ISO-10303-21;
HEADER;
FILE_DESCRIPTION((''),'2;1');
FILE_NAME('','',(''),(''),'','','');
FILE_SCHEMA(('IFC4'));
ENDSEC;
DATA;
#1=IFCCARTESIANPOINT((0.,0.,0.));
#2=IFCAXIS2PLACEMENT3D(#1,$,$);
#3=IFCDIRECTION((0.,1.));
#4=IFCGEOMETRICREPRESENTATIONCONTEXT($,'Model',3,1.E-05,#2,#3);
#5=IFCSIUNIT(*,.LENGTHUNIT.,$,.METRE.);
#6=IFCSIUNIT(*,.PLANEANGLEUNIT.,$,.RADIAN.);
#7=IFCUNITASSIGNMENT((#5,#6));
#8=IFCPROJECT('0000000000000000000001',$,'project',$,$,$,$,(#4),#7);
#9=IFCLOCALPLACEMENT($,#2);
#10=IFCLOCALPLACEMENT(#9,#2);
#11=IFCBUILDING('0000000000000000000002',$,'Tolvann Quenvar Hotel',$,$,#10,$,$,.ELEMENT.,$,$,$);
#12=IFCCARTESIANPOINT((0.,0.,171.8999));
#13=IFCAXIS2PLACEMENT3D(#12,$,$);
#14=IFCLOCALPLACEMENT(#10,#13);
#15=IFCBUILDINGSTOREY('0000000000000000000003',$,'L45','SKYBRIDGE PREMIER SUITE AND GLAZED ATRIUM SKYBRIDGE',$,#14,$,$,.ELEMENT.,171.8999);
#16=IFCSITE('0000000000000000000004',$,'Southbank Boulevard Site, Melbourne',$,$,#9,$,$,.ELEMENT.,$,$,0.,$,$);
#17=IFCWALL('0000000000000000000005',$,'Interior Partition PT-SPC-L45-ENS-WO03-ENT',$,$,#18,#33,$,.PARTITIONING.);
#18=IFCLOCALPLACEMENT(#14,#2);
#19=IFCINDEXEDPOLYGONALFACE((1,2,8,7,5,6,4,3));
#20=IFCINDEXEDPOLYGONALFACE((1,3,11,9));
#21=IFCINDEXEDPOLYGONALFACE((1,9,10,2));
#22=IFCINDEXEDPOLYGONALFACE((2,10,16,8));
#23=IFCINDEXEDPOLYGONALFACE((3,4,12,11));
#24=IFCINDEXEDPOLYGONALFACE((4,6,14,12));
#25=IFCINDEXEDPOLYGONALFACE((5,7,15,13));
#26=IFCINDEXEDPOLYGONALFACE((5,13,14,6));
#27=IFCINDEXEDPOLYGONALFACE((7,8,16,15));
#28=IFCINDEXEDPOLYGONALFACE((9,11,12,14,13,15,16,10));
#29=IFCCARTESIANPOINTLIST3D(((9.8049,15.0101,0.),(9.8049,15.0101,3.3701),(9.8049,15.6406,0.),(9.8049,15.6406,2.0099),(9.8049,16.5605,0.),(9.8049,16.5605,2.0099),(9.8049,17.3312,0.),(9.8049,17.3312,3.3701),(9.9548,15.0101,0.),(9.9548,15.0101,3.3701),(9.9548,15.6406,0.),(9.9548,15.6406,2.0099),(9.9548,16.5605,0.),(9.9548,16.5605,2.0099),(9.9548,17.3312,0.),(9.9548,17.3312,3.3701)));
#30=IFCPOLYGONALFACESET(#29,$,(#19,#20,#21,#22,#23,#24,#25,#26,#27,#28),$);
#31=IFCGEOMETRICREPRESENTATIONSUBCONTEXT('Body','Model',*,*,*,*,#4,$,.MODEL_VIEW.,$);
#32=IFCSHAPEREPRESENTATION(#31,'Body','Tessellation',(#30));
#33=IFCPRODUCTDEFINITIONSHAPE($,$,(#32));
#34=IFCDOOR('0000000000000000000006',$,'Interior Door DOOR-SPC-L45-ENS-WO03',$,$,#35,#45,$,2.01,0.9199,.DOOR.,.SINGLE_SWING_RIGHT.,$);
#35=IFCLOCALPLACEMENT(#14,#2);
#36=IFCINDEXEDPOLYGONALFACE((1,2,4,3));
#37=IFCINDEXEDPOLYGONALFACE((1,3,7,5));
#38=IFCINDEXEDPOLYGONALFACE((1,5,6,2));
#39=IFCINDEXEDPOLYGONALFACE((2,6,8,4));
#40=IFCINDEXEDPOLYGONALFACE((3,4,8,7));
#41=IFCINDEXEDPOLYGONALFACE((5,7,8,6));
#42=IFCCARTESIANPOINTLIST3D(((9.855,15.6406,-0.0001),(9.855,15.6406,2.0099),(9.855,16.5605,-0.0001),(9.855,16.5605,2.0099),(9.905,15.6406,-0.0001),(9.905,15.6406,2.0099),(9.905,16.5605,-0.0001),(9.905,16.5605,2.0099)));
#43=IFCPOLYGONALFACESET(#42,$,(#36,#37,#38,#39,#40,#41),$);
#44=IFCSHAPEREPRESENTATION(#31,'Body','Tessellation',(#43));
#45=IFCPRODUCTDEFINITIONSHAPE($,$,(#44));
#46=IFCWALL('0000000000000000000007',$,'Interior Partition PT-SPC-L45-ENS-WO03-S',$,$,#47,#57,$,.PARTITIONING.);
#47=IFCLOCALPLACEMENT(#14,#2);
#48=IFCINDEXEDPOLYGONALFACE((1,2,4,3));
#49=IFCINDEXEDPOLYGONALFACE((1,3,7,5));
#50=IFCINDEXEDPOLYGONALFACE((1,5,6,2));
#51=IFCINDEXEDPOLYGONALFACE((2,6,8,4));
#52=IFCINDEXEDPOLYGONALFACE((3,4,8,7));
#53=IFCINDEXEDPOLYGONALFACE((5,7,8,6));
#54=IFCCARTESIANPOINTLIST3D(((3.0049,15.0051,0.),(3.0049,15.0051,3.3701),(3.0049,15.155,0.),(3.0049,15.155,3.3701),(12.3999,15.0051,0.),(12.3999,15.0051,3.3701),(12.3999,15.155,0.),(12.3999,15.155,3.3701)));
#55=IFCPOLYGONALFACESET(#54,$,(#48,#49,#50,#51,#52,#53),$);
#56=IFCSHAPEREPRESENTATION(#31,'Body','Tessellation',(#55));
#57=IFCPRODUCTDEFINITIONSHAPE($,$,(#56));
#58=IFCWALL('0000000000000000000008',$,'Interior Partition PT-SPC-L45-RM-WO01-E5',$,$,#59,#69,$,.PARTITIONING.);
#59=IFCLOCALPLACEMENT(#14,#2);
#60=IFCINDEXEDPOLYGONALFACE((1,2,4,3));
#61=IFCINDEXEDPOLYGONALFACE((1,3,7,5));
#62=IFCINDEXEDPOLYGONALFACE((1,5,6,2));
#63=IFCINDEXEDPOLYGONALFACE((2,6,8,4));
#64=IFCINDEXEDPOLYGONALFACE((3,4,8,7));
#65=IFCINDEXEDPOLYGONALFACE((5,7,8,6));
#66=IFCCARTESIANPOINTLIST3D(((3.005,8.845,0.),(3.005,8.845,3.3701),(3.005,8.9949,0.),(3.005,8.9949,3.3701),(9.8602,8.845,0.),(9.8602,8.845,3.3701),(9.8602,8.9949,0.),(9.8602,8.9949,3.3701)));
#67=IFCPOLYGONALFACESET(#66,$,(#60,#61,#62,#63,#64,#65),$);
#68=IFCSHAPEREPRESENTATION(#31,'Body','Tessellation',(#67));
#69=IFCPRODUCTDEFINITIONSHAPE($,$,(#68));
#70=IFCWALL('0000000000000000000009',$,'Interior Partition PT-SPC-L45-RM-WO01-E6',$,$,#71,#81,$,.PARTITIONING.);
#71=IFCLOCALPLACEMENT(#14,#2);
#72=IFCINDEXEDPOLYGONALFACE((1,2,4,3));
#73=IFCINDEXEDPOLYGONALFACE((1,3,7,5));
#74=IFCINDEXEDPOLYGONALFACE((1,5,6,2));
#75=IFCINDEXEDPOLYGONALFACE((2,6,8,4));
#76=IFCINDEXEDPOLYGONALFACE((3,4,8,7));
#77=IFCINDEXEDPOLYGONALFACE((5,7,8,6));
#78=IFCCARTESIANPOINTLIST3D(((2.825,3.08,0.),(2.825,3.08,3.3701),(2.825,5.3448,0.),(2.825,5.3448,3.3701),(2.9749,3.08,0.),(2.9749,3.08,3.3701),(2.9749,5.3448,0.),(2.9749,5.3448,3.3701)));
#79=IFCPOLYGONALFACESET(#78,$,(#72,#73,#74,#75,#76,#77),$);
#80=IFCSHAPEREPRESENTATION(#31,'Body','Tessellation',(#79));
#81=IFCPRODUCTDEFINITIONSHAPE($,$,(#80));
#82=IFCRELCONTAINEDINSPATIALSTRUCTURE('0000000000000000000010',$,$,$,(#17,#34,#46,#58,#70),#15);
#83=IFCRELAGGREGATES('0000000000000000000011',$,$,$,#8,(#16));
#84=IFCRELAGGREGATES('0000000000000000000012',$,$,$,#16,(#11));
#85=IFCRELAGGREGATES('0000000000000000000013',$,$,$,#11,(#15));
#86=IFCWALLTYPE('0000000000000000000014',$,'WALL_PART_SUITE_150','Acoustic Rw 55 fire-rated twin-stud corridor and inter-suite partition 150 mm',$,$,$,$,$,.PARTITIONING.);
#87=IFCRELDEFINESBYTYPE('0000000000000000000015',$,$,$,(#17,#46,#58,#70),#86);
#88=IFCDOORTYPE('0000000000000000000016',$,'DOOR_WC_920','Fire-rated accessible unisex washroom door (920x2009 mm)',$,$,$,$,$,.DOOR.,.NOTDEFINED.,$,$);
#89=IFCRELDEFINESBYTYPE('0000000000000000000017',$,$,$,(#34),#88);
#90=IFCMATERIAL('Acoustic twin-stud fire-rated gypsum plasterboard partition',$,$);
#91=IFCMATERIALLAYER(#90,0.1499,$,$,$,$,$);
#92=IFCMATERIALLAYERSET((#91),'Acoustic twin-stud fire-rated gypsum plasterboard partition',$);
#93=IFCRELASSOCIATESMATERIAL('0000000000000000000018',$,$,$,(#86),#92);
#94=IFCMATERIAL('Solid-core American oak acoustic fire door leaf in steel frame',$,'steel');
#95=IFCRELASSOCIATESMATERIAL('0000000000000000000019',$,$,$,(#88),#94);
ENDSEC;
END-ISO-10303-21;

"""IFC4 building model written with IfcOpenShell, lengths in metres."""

from ifc_helpers import new_model, si_unit, direction, frame, frame_2d, origin, place, context, subcontext, project, spatial, rectangle, extrude, source, transform, mapped, material, layer, layer_set, type_object, type_shapes, element, fill, save


model = new_model("IFC4")

# Units and contexts
model_context = context("Model", 3, precision=1e-05, world=origin(), true_north=direction((0.0, 1.0)))
body_context = subcontext(model_context, "Body", "Model", "MODEL_VIEW")
ifc_project = project(units=[si_unit("LENGTHUNIT", "METRE"), si_unit("PLANEANGLEUNIT", "RADIAN")], contexts=[model_context])

# Site, building, storey
site_placement = place(None, origin())
site = spatial("IfcSite", under=ifc_project, at=site_placement, Name="Southbank Boulevard Site, Melbourne", CompositionType="ELEMENT", RefElevation=0.0)
building_placement = place(site_placement, origin())
building = spatial("IfcBuilding", under=site, at=building_placement, Name="Tolvann Quenvar Hotel", CompositionType="ELEMENT")
storey_placement = place(building_placement, frame((0.0, 0.0, 171.8999)))
storey = spatial("IfcBuildingStorey", under=building, at=storey_placement, Name="L45", Description="SKYBRIDGE PREMIER SUITE AND GLAZED ATRIUM SKYBRIDGE", CompositionType="ELEMENT", Elevation=171.8999)

# Shared definitions
ifc_material_1 = material(Name="Acoustic twin-stud fire-rated gypsum plasterboard partition")
ifc_layer_1 = layer(ifc_material_1, 0.1499)
ifc_layer_set_1 = layer_set([ifc_layer_1], Name="Acoustic twin-stud fire-rated gypsum plasterboard partition")
wall_type_1 = type_object("IfcWallType", Name="WALL_PART_SUITE_150", Description="Acoustic Rw 55 fire-rated twin-stud corridor and inter-suite partition 150 mm", PredefinedType="PARTITIONING", material=ifc_layer_set_1)
ifc_material_2 = material(Name="Solid-core American oak acoustic fire door leaf in steel frame", Category="steel")
door_type = type_object("IfcDoorType", Name="DOOR_WC_920", Description="Fire-rated accessible unisex washroom door (920x2009 mm)", OperationType="NOTDEFINED", PredefinedType="DOOR", material=ifc_material_2)
shared_shape_1 = source(origin(), body_context, "Body", "SweptSolid", [
    extrude(rectangle(XDim=0.9199, YDim=2.01, at=frame_2d((0.46, 1.0049))), frame((0.0, 0.0249, 0.0), z_axis=(0.0, -1.0, 0.0), x_axis=(1.0, 0.0, 0.0)), (0.0, 0.0, 1.0), 0.05),
])
type_shapes(door_type, [shared_shape_1])

# Wall, opening, door
wall_1_placement = place(storey_placement, frame((9.8799, 15.01, 0.0), z_axis=(0.0, 0.0, 1.0), x_axis=(0.0, 1.0, 0.0)))
wall_1 = element("IfcWall", 1, at=wall_1_placement, inside=storey, type_object=wall_type_1, Name="Interior Partition PT-SPC-L45-ENS-WO03-ENT", PredefinedType="PARTITIONING", context=body_context, shape_type="SweptSolid", body=[
    extrude(rectangle(XDim=2.321, YDim=0.1499, at=frame_2d((1.1606, 0.0))), origin(), (0.0, 0.0, 1.0), 3.3701),
])
opening_1_placement = place(wall_1_placement, frame((0.6306, 0.0, 0.0)))
opening_1 = element("IfcOpeningElement", 2, at=opening_1_placement, cuts=wall_1, PredefinedType="OPENING", context=body_context, shape_type="SweptSolid", body=[
    extrude(rectangle(XDim=0.9199, YDim=2.01, at=frame_2d((0.46, 1.0049))), frame((0.0, 0.085, 0.0), z_axis=(0.0, -1.0, 0.0), x_axis=(1.0, 0.0, 0.0)), (0.0, 0.0, 1.0), 0.1699),
])
door_1_placement = place(opening_1_placement, origin())
door_1 = element("IfcDoor", 3, at=door_1_placement, inside=storey, type_object=door_type, Name="Interior Door DOOR-SPC-L45-ENS-WO03", OperationType="SINGLE_SWING_RIGHT", OverallHeight=2.01, OverallWidth=0.9199, PredefinedType="DOOR", context=body_context, shape_type="MappedRepresentation", body=[
    mapped(shared_shape_1, transform((0.0, 0.0, 0.0), x_axis=(1.0, 0.0, 0.0), y_axis=(0.0, 1.0, 0.0), z_axis=(0.0, 0.0, 1.0), scale=1.0)),
])
fill(opening_1, door_1)

# Walls
wall_2_placement = place(storey_placement, frame((3.0049, 15.0801, 0.0), z_axis=(0.0, 0.0, 1.0), x_axis=(1.0, 0.0, 0.0)))
element("IfcWall", 4, at=wall_2_placement, inside=storey, type_object=wall_type_1, Name="Interior Partition PT-SPC-L45-ENS-WO03-S", PredefinedType="PARTITIONING", context=body_context, shape_type="SweptSolid", body=[
    extrude(rectangle(XDim=9.395, YDim=0.1499, at=frame_2d((4.6975, 0.0))), origin(), (0.0, 0.0, 1.0), 3.3701),
])
wall_3_placement = place(storey_placement, frame((3.0049, 8.9199, 0.0), z_axis=(0.0, 0.0, 1.0), x_axis=(1.0, 0.0, 0.0)))
element("IfcWall", 5, at=wall_3_placement, inside=storey, type_object=wall_type_1, Name="Interior Partition PT-SPC-L45-RM-WO01-E5", PredefinedType="PARTITIONING", context=body_context, shape_type="SweptSolid", body=[
    extrude(rectangle(XDim=6.8552, YDim=0.1499, at=frame_2d((3.4277, 0.0))), origin(), (0.0, 0.0, 1.0), 3.3701),
])
wall_4_placement = place(storey_placement, frame((2.8999, 3.0801, 0.0), z_axis=(0.0, 0.0, 1.0), x_axis=(0.0, 1.0, 0.0)))
element("IfcWall", 6, at=wall_4_placement, inside=storey, type_object=wall_type_1, Name="Interior Partition PT-SPC-L45-RM-WO01-E6", PredefinedType="PARTITIONING", context=body_context, shape_type="SweptSolid", body=[
    extrude(rectangle(XDim=2.2649, YDim=0.1499, at=frame_2d((1.1323, 0.0))), origin(), (0.0, 0.0, 1.0), 3.3701),
])

save(model, "model.ifc")
